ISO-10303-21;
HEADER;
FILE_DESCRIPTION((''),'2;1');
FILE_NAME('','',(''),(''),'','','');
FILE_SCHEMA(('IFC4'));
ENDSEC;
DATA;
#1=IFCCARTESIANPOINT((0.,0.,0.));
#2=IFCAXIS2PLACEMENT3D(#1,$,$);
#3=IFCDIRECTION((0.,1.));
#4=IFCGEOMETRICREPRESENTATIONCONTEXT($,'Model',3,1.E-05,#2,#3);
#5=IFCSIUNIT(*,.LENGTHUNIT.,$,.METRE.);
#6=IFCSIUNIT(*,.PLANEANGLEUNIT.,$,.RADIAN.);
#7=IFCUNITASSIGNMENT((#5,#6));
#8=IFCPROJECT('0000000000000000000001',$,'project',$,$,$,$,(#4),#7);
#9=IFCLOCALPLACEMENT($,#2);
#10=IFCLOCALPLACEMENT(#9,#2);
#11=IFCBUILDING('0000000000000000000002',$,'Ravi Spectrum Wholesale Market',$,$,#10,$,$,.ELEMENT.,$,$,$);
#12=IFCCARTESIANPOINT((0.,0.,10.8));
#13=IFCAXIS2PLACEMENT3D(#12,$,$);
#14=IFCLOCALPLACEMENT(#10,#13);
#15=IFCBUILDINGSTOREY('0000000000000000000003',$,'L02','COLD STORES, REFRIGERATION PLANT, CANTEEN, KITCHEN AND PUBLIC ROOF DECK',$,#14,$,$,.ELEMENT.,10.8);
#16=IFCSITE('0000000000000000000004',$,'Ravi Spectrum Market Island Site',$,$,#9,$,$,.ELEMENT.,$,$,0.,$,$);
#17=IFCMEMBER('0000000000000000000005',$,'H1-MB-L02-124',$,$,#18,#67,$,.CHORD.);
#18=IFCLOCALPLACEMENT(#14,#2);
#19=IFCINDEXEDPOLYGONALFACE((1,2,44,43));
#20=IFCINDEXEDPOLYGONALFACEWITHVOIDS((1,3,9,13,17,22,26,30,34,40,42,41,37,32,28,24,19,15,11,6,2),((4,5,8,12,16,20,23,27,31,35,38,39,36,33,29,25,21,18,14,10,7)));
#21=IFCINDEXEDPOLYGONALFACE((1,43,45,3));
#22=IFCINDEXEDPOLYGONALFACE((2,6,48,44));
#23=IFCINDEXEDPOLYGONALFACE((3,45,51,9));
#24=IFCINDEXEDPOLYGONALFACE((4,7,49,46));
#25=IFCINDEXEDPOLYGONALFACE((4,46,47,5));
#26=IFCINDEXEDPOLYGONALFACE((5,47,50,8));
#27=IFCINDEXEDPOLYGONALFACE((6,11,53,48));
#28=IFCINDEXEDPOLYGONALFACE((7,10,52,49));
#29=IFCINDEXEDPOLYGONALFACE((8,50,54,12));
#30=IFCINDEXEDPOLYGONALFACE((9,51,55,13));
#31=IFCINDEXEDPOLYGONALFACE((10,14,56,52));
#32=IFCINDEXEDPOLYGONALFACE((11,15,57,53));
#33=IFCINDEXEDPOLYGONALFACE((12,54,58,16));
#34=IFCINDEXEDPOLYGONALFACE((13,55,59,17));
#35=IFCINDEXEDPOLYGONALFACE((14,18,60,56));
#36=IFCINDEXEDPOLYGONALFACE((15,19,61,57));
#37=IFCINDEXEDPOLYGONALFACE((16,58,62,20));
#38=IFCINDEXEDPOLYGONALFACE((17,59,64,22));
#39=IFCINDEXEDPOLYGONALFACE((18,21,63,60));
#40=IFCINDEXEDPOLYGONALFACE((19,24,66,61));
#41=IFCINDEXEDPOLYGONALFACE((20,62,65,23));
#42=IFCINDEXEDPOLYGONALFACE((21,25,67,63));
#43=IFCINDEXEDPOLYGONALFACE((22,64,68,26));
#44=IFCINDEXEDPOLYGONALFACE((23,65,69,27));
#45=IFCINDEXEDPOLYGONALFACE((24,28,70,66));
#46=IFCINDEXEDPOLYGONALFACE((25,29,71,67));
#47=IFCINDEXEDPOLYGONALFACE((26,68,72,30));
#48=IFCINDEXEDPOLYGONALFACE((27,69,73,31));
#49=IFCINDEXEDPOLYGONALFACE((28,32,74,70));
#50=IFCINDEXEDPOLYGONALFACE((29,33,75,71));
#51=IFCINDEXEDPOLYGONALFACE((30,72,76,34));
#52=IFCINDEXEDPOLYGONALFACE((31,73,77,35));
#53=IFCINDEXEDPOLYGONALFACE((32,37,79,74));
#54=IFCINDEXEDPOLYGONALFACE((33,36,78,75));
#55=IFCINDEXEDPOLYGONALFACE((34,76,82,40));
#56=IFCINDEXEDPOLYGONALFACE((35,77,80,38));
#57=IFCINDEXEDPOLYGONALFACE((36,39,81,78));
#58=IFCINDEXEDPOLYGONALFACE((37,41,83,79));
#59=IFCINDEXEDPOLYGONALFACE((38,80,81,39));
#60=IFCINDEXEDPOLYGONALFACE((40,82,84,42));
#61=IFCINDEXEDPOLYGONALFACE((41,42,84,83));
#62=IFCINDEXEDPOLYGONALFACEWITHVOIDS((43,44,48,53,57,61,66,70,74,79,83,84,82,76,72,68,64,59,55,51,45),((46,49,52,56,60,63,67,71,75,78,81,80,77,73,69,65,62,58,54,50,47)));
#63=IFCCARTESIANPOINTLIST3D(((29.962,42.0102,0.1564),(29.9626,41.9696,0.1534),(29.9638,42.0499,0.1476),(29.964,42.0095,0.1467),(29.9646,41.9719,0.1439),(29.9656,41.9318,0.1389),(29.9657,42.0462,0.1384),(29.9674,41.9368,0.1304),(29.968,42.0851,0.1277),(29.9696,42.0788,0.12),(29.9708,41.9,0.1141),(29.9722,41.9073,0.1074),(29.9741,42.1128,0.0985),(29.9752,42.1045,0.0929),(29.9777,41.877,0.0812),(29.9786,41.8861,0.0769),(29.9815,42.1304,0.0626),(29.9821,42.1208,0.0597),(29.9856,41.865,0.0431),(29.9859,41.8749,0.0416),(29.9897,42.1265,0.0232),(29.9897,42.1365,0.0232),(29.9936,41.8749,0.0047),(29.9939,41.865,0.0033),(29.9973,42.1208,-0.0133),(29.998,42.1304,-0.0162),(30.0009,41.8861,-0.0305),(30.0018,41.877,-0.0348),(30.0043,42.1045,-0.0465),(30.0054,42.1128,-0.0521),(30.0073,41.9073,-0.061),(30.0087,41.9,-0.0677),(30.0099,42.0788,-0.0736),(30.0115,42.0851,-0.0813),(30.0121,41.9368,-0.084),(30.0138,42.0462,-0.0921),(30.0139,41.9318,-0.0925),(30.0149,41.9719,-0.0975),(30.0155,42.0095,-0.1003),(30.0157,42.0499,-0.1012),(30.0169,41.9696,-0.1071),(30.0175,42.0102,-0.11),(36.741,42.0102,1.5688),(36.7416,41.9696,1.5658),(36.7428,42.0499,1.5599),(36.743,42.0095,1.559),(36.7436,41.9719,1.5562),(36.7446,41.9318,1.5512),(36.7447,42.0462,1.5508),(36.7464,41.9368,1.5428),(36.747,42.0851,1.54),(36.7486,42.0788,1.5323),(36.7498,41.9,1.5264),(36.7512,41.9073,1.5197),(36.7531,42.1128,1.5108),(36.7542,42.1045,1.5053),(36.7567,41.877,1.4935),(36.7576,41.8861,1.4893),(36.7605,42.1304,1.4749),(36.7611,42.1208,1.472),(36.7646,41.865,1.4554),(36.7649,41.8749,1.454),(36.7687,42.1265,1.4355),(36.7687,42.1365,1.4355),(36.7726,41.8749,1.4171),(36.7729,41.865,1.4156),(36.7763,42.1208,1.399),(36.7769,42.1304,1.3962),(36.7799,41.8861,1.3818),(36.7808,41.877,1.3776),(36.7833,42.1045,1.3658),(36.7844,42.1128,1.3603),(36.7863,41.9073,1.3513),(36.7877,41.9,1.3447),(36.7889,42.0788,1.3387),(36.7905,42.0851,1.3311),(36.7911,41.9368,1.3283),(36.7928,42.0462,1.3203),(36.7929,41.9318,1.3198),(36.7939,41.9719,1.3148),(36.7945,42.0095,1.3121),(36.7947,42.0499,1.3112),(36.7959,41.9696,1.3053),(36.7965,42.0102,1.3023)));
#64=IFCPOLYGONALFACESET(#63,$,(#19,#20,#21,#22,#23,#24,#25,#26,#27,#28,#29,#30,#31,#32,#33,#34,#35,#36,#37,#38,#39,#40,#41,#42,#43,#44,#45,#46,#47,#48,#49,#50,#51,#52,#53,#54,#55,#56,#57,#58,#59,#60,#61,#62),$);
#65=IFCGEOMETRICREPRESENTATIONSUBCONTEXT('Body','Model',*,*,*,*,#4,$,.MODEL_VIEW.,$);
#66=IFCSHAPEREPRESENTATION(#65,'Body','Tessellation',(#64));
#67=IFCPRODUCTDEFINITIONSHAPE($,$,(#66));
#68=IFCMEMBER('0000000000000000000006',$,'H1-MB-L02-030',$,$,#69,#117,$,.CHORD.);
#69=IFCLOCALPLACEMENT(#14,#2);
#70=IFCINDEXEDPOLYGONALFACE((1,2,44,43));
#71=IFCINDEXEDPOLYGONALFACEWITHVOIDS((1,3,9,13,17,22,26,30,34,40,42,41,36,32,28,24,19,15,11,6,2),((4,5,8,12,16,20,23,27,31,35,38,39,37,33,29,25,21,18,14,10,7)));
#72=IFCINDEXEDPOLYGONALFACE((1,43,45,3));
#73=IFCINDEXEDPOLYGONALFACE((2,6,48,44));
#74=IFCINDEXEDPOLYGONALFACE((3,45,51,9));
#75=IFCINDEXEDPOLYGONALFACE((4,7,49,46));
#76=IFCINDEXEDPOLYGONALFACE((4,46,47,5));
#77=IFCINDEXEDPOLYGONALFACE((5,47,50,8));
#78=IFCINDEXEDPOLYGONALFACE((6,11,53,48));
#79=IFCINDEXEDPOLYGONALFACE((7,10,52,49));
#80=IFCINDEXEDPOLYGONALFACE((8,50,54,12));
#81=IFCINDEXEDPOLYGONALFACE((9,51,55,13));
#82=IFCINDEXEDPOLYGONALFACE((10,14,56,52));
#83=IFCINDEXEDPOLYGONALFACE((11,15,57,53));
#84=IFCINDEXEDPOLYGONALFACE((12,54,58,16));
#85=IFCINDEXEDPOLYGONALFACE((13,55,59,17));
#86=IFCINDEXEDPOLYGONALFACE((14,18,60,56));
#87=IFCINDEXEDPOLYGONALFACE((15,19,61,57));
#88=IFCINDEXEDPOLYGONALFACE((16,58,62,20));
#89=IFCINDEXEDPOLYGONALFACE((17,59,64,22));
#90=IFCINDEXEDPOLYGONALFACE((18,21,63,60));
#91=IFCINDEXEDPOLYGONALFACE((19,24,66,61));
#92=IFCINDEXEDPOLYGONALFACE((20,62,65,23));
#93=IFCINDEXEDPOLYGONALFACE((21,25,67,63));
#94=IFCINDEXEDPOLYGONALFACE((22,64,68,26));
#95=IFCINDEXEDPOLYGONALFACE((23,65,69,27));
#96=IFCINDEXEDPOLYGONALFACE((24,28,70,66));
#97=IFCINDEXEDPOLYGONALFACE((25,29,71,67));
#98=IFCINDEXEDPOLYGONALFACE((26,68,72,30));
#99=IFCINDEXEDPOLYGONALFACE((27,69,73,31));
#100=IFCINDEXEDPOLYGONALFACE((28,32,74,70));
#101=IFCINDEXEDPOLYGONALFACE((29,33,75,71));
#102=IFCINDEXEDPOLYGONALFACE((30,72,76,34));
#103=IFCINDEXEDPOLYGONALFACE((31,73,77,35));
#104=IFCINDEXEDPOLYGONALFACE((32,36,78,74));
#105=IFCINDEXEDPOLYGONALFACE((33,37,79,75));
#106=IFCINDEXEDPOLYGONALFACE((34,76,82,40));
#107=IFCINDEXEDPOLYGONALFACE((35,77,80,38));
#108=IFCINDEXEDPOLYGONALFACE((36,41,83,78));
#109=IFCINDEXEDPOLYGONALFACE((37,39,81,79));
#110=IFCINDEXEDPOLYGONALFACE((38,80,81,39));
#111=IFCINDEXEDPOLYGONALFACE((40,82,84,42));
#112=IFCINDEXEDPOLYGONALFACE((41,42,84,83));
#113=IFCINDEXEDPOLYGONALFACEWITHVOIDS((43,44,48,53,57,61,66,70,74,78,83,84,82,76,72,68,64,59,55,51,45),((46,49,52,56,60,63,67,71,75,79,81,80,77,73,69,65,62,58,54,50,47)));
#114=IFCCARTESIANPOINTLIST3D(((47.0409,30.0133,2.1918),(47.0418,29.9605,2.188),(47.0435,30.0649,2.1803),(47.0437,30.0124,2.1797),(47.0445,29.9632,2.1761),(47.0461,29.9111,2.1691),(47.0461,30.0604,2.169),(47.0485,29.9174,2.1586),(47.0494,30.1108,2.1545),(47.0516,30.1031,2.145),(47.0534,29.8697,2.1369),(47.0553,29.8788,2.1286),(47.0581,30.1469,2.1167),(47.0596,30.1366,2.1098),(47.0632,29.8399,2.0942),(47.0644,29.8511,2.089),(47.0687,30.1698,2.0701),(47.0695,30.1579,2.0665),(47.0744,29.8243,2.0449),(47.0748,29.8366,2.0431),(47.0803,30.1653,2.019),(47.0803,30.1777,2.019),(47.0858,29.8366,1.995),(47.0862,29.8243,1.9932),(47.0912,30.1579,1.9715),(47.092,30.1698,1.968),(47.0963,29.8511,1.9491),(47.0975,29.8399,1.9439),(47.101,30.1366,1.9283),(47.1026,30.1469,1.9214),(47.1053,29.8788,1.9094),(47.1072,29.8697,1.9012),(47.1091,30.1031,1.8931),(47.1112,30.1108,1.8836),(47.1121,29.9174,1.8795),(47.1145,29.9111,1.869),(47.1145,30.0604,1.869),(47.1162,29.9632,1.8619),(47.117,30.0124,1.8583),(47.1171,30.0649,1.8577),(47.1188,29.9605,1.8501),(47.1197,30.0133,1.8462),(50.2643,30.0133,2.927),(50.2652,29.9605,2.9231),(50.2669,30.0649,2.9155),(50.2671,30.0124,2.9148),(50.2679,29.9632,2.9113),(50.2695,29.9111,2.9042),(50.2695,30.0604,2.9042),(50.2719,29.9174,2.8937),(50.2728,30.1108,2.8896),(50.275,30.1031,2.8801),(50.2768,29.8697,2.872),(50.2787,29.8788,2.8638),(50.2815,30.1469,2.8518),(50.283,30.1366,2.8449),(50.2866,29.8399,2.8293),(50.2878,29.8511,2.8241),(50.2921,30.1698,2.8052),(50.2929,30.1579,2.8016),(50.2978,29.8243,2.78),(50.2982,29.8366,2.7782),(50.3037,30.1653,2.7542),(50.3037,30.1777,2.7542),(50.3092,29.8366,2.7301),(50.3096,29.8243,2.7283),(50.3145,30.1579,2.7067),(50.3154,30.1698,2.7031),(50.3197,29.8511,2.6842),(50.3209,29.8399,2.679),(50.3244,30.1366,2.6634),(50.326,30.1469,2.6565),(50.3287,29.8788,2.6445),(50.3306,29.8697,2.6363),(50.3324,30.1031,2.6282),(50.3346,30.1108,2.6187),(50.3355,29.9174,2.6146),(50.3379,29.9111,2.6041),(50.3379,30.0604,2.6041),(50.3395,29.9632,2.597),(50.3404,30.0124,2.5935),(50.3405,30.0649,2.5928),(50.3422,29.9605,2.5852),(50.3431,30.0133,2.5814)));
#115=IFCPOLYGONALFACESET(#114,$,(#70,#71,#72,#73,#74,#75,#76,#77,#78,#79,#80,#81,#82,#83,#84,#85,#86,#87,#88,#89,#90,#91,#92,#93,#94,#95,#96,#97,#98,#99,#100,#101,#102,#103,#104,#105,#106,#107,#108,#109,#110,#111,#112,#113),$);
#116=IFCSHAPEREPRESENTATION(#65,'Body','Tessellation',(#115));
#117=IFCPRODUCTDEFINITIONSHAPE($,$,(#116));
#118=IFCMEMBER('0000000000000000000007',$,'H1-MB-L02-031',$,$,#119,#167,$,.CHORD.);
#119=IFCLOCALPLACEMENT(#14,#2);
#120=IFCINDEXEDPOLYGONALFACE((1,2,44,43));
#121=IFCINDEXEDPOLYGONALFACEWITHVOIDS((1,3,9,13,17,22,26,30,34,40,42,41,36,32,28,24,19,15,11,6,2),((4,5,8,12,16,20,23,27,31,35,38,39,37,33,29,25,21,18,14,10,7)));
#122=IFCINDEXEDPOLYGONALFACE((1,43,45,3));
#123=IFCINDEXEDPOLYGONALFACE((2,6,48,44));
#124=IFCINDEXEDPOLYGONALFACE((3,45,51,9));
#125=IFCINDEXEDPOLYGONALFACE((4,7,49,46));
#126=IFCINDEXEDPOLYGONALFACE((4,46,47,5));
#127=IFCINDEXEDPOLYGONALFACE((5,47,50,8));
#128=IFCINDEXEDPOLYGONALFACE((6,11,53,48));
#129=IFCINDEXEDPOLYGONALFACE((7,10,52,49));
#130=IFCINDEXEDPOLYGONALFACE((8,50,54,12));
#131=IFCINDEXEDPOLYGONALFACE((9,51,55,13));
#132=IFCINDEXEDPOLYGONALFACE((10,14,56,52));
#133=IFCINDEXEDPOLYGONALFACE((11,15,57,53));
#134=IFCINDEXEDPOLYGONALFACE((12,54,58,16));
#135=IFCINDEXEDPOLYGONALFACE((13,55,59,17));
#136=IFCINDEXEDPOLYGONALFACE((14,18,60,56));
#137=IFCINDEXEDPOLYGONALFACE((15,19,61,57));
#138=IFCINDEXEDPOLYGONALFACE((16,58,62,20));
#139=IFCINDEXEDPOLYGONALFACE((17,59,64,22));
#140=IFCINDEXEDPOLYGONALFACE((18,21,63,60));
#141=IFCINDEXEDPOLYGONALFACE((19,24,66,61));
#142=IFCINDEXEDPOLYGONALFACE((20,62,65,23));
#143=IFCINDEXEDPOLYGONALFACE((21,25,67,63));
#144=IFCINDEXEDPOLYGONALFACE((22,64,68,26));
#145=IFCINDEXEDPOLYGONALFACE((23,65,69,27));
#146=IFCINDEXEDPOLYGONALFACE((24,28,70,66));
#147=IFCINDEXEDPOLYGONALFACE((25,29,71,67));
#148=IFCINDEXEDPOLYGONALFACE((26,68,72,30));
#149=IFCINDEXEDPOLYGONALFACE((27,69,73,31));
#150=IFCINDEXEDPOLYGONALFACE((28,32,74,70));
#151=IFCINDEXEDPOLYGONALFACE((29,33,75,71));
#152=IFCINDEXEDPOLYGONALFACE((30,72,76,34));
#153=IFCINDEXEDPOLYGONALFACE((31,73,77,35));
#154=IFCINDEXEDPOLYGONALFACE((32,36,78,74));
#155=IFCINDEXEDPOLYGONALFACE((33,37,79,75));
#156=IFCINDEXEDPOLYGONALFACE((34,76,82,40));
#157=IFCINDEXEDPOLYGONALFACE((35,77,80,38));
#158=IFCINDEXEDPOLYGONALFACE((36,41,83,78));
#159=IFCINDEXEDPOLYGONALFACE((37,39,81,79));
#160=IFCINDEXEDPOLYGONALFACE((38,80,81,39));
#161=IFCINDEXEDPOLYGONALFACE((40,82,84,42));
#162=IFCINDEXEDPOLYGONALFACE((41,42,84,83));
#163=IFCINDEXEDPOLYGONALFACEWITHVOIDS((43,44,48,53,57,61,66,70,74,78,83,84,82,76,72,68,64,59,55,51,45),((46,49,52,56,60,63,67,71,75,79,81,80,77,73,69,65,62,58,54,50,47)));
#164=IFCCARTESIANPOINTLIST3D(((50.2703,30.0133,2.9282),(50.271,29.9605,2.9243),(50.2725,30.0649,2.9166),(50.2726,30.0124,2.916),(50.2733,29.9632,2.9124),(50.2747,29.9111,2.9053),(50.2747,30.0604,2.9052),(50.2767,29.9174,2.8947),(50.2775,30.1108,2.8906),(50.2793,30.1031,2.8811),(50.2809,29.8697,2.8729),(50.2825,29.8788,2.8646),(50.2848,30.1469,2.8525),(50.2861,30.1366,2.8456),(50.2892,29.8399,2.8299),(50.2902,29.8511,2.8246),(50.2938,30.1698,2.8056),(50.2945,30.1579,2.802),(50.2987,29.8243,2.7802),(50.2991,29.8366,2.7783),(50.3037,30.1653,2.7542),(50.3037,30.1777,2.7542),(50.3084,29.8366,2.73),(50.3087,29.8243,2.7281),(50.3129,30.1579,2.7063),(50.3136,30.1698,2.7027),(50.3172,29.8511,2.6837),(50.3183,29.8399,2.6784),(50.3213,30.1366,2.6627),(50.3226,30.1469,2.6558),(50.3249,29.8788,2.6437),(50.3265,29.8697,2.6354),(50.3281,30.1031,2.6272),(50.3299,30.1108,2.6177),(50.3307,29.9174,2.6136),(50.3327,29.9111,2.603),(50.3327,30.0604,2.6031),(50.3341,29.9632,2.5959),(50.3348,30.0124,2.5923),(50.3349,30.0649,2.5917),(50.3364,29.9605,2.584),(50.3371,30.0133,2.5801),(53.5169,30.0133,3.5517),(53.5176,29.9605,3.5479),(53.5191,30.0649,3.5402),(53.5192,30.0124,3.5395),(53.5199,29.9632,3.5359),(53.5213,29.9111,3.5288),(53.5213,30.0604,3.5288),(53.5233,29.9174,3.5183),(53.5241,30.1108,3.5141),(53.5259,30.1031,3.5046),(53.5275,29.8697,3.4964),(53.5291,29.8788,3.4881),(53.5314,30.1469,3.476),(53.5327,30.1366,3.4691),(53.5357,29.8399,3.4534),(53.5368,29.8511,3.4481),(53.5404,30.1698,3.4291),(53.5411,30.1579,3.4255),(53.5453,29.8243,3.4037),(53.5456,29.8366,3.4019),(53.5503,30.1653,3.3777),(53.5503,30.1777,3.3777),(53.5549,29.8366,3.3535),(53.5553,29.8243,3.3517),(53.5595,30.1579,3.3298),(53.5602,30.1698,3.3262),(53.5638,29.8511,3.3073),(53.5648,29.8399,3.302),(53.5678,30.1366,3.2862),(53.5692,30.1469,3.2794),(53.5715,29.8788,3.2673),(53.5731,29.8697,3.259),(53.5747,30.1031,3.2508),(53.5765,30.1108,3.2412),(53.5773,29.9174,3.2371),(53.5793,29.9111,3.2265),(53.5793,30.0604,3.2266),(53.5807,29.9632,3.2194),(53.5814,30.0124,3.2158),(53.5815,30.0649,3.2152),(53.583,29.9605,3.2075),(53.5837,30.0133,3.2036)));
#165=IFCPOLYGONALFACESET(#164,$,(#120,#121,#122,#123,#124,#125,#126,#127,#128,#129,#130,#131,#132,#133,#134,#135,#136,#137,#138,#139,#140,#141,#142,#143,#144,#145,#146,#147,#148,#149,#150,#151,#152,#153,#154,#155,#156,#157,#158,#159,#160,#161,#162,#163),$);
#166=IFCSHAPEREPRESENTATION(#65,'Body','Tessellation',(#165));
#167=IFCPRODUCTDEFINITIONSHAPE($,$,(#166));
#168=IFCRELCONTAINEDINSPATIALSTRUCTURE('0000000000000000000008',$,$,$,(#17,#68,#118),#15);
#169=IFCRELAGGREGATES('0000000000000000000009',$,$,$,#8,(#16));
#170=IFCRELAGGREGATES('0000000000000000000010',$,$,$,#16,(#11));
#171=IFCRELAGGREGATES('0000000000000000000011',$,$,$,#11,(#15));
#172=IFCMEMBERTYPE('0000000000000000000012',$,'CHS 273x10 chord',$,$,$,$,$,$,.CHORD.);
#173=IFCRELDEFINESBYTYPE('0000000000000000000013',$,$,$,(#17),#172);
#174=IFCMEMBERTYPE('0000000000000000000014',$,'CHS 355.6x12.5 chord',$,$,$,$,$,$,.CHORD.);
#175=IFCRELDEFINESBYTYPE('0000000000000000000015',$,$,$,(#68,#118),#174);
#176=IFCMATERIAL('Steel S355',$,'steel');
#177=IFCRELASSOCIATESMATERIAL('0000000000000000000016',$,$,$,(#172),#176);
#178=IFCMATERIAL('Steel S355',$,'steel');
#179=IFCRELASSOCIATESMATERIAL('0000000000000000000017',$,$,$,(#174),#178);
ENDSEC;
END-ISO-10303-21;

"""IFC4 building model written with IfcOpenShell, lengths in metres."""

from ifc_helpers import new_model, si_unit, direction, frame, origin, origin_2d, place, context, subcontext, project, spatial, hollow_circle, extrude, material, material_profile, profile_set, type_object, element, save


model = new_model("IFC4")

# Units and contexts
model_context = context("Model", 3, precision=1e-05, world=origin(), true_north=direction((0.0, 1.0)))
body_context = subcontext(model_context, "Body", "Model", "MODEL_VIEW")
ifc_project = project(units=[si_unit("LENGTHUNIT", "METRE"), si_unit("PLANEANGLEUNIT", "RADIAN")], contexts=[model_context])

# Site, building, storey
site_placement = place(None, origin())
site = spatial("IfcSite", under=ifc_project, at=site_placement, Name="Ravi Spectrum Market Island Site", CompositionType="ELEMENT", RefElevation=0.0)
building_placement = place(site_placement, origin())
building = spatial("IfcBuilding", under=site, at=building_placement, Name="Ravi Spectrum Wholesale Market", CompositionType="ELEMENT")
storey_placement = place(building_placement, frame((0.0, 0.0, 10.8)))
storey = spatial("IfcBuildingStorey", under=building, at=storey_placement, Name="L02", Description="COLD STORES, REFRIGERATION PLANT, CANTEEN, KITCHEN AND PUBLIC ROOF DECK", CompositionType="ELEMENT", Elevation=10.8)

# Members
ifc_material_1 = material(Name="Steel S355", Category="steel")
ifc_material_profile_1 = material_profile(ifc_material_1, hollow_circle(Radius=0.1365, WallThickness=0.01, at=origin_2d()))
ifc_profile_set_1 = profile_set([ifc_material_profile_1], Name="Steel S355")
member_type_1 = type_object("IfcMemberType", Name="CHS 273x10 chord", PredefinedType="CHORD", material=ifc_profile_set_1)
member_1_placement = place(storey_placement, frame((29.9897, 42.0, 0.0232), z_axis=(0.978979, 0.0, 0.203961), x_axis=(0.0, 1.0, 0.0)))
element("IfcMember", 1, at=member_1_placement, inside=storey, type_object=member_type_1, Name="H1-MB-L02-124", PredefinedType="CHORD", context=body_context, shape_type="SweptSolid", body=[
    extrude(hollow_circle(Radius=0.1365, WallThickness=0.01, at=origin_2d()), origin(), (0.0, 0.0, 1.0), 6.9246),
])
ifc_material_2 = material(Name="Steel S355", Category="steel")
ifc_material_profile_2 = material_profile(ifc_material_2, hollow_circle(Radius=0.1777, WallThickness=0.0125, at=origin_2d()))
ifc_profile_set_2 = profile_set([ifc_material_profile_2], Name="Steel S355")
member_type_2 = type_object("IfcMemberType", Name="CHS 355.6x12.5 chord", PredefinedType="CHORD", material=ifc_profile_set_2)
member_2_placement = place(storey_placement, frame((47.0803, 30.0, 2.019), z_axis=(0.974968, 0.0, 0.222346), x_axis=(0.0, 1.0, 0.0)))
element("IfcMember", 2, at=member_2_placement, inside=storey, type_object=member_type_2, Name="H1-MB-L02-030", PredefinedType="CHORD", context=body_context, shape_type="SweptSolid", body=[
    extrude(hollow_circle(Radius=0.1777, WallThickness=0.0125, at=origin_2d()), origin(), (0.0, 0.0, 1.0), 3.3062),
])
member_3_placement = place(storey_placement, frame((50.3037, 30.0, 2.7542), z_axis=(0.982052, 0.0, 0.188612), x_axis=(0.0, 1.0, 0.0)))
element("IfcMember", 3, at=member_3_placement, inside=storey, type_object=member_type_2, Name="H1-MB-L02-031", PredefinedType="CHORD", context=body_context, shape_type="SweptSolid", body=[
    extrude(hollow_circle(Radius=0.1777, WallThickness=0.0125, at=origin_2d()), origin(), (0.0, 0.0, 1.0), 3.3059),
])

save(model, "model.ifc")
